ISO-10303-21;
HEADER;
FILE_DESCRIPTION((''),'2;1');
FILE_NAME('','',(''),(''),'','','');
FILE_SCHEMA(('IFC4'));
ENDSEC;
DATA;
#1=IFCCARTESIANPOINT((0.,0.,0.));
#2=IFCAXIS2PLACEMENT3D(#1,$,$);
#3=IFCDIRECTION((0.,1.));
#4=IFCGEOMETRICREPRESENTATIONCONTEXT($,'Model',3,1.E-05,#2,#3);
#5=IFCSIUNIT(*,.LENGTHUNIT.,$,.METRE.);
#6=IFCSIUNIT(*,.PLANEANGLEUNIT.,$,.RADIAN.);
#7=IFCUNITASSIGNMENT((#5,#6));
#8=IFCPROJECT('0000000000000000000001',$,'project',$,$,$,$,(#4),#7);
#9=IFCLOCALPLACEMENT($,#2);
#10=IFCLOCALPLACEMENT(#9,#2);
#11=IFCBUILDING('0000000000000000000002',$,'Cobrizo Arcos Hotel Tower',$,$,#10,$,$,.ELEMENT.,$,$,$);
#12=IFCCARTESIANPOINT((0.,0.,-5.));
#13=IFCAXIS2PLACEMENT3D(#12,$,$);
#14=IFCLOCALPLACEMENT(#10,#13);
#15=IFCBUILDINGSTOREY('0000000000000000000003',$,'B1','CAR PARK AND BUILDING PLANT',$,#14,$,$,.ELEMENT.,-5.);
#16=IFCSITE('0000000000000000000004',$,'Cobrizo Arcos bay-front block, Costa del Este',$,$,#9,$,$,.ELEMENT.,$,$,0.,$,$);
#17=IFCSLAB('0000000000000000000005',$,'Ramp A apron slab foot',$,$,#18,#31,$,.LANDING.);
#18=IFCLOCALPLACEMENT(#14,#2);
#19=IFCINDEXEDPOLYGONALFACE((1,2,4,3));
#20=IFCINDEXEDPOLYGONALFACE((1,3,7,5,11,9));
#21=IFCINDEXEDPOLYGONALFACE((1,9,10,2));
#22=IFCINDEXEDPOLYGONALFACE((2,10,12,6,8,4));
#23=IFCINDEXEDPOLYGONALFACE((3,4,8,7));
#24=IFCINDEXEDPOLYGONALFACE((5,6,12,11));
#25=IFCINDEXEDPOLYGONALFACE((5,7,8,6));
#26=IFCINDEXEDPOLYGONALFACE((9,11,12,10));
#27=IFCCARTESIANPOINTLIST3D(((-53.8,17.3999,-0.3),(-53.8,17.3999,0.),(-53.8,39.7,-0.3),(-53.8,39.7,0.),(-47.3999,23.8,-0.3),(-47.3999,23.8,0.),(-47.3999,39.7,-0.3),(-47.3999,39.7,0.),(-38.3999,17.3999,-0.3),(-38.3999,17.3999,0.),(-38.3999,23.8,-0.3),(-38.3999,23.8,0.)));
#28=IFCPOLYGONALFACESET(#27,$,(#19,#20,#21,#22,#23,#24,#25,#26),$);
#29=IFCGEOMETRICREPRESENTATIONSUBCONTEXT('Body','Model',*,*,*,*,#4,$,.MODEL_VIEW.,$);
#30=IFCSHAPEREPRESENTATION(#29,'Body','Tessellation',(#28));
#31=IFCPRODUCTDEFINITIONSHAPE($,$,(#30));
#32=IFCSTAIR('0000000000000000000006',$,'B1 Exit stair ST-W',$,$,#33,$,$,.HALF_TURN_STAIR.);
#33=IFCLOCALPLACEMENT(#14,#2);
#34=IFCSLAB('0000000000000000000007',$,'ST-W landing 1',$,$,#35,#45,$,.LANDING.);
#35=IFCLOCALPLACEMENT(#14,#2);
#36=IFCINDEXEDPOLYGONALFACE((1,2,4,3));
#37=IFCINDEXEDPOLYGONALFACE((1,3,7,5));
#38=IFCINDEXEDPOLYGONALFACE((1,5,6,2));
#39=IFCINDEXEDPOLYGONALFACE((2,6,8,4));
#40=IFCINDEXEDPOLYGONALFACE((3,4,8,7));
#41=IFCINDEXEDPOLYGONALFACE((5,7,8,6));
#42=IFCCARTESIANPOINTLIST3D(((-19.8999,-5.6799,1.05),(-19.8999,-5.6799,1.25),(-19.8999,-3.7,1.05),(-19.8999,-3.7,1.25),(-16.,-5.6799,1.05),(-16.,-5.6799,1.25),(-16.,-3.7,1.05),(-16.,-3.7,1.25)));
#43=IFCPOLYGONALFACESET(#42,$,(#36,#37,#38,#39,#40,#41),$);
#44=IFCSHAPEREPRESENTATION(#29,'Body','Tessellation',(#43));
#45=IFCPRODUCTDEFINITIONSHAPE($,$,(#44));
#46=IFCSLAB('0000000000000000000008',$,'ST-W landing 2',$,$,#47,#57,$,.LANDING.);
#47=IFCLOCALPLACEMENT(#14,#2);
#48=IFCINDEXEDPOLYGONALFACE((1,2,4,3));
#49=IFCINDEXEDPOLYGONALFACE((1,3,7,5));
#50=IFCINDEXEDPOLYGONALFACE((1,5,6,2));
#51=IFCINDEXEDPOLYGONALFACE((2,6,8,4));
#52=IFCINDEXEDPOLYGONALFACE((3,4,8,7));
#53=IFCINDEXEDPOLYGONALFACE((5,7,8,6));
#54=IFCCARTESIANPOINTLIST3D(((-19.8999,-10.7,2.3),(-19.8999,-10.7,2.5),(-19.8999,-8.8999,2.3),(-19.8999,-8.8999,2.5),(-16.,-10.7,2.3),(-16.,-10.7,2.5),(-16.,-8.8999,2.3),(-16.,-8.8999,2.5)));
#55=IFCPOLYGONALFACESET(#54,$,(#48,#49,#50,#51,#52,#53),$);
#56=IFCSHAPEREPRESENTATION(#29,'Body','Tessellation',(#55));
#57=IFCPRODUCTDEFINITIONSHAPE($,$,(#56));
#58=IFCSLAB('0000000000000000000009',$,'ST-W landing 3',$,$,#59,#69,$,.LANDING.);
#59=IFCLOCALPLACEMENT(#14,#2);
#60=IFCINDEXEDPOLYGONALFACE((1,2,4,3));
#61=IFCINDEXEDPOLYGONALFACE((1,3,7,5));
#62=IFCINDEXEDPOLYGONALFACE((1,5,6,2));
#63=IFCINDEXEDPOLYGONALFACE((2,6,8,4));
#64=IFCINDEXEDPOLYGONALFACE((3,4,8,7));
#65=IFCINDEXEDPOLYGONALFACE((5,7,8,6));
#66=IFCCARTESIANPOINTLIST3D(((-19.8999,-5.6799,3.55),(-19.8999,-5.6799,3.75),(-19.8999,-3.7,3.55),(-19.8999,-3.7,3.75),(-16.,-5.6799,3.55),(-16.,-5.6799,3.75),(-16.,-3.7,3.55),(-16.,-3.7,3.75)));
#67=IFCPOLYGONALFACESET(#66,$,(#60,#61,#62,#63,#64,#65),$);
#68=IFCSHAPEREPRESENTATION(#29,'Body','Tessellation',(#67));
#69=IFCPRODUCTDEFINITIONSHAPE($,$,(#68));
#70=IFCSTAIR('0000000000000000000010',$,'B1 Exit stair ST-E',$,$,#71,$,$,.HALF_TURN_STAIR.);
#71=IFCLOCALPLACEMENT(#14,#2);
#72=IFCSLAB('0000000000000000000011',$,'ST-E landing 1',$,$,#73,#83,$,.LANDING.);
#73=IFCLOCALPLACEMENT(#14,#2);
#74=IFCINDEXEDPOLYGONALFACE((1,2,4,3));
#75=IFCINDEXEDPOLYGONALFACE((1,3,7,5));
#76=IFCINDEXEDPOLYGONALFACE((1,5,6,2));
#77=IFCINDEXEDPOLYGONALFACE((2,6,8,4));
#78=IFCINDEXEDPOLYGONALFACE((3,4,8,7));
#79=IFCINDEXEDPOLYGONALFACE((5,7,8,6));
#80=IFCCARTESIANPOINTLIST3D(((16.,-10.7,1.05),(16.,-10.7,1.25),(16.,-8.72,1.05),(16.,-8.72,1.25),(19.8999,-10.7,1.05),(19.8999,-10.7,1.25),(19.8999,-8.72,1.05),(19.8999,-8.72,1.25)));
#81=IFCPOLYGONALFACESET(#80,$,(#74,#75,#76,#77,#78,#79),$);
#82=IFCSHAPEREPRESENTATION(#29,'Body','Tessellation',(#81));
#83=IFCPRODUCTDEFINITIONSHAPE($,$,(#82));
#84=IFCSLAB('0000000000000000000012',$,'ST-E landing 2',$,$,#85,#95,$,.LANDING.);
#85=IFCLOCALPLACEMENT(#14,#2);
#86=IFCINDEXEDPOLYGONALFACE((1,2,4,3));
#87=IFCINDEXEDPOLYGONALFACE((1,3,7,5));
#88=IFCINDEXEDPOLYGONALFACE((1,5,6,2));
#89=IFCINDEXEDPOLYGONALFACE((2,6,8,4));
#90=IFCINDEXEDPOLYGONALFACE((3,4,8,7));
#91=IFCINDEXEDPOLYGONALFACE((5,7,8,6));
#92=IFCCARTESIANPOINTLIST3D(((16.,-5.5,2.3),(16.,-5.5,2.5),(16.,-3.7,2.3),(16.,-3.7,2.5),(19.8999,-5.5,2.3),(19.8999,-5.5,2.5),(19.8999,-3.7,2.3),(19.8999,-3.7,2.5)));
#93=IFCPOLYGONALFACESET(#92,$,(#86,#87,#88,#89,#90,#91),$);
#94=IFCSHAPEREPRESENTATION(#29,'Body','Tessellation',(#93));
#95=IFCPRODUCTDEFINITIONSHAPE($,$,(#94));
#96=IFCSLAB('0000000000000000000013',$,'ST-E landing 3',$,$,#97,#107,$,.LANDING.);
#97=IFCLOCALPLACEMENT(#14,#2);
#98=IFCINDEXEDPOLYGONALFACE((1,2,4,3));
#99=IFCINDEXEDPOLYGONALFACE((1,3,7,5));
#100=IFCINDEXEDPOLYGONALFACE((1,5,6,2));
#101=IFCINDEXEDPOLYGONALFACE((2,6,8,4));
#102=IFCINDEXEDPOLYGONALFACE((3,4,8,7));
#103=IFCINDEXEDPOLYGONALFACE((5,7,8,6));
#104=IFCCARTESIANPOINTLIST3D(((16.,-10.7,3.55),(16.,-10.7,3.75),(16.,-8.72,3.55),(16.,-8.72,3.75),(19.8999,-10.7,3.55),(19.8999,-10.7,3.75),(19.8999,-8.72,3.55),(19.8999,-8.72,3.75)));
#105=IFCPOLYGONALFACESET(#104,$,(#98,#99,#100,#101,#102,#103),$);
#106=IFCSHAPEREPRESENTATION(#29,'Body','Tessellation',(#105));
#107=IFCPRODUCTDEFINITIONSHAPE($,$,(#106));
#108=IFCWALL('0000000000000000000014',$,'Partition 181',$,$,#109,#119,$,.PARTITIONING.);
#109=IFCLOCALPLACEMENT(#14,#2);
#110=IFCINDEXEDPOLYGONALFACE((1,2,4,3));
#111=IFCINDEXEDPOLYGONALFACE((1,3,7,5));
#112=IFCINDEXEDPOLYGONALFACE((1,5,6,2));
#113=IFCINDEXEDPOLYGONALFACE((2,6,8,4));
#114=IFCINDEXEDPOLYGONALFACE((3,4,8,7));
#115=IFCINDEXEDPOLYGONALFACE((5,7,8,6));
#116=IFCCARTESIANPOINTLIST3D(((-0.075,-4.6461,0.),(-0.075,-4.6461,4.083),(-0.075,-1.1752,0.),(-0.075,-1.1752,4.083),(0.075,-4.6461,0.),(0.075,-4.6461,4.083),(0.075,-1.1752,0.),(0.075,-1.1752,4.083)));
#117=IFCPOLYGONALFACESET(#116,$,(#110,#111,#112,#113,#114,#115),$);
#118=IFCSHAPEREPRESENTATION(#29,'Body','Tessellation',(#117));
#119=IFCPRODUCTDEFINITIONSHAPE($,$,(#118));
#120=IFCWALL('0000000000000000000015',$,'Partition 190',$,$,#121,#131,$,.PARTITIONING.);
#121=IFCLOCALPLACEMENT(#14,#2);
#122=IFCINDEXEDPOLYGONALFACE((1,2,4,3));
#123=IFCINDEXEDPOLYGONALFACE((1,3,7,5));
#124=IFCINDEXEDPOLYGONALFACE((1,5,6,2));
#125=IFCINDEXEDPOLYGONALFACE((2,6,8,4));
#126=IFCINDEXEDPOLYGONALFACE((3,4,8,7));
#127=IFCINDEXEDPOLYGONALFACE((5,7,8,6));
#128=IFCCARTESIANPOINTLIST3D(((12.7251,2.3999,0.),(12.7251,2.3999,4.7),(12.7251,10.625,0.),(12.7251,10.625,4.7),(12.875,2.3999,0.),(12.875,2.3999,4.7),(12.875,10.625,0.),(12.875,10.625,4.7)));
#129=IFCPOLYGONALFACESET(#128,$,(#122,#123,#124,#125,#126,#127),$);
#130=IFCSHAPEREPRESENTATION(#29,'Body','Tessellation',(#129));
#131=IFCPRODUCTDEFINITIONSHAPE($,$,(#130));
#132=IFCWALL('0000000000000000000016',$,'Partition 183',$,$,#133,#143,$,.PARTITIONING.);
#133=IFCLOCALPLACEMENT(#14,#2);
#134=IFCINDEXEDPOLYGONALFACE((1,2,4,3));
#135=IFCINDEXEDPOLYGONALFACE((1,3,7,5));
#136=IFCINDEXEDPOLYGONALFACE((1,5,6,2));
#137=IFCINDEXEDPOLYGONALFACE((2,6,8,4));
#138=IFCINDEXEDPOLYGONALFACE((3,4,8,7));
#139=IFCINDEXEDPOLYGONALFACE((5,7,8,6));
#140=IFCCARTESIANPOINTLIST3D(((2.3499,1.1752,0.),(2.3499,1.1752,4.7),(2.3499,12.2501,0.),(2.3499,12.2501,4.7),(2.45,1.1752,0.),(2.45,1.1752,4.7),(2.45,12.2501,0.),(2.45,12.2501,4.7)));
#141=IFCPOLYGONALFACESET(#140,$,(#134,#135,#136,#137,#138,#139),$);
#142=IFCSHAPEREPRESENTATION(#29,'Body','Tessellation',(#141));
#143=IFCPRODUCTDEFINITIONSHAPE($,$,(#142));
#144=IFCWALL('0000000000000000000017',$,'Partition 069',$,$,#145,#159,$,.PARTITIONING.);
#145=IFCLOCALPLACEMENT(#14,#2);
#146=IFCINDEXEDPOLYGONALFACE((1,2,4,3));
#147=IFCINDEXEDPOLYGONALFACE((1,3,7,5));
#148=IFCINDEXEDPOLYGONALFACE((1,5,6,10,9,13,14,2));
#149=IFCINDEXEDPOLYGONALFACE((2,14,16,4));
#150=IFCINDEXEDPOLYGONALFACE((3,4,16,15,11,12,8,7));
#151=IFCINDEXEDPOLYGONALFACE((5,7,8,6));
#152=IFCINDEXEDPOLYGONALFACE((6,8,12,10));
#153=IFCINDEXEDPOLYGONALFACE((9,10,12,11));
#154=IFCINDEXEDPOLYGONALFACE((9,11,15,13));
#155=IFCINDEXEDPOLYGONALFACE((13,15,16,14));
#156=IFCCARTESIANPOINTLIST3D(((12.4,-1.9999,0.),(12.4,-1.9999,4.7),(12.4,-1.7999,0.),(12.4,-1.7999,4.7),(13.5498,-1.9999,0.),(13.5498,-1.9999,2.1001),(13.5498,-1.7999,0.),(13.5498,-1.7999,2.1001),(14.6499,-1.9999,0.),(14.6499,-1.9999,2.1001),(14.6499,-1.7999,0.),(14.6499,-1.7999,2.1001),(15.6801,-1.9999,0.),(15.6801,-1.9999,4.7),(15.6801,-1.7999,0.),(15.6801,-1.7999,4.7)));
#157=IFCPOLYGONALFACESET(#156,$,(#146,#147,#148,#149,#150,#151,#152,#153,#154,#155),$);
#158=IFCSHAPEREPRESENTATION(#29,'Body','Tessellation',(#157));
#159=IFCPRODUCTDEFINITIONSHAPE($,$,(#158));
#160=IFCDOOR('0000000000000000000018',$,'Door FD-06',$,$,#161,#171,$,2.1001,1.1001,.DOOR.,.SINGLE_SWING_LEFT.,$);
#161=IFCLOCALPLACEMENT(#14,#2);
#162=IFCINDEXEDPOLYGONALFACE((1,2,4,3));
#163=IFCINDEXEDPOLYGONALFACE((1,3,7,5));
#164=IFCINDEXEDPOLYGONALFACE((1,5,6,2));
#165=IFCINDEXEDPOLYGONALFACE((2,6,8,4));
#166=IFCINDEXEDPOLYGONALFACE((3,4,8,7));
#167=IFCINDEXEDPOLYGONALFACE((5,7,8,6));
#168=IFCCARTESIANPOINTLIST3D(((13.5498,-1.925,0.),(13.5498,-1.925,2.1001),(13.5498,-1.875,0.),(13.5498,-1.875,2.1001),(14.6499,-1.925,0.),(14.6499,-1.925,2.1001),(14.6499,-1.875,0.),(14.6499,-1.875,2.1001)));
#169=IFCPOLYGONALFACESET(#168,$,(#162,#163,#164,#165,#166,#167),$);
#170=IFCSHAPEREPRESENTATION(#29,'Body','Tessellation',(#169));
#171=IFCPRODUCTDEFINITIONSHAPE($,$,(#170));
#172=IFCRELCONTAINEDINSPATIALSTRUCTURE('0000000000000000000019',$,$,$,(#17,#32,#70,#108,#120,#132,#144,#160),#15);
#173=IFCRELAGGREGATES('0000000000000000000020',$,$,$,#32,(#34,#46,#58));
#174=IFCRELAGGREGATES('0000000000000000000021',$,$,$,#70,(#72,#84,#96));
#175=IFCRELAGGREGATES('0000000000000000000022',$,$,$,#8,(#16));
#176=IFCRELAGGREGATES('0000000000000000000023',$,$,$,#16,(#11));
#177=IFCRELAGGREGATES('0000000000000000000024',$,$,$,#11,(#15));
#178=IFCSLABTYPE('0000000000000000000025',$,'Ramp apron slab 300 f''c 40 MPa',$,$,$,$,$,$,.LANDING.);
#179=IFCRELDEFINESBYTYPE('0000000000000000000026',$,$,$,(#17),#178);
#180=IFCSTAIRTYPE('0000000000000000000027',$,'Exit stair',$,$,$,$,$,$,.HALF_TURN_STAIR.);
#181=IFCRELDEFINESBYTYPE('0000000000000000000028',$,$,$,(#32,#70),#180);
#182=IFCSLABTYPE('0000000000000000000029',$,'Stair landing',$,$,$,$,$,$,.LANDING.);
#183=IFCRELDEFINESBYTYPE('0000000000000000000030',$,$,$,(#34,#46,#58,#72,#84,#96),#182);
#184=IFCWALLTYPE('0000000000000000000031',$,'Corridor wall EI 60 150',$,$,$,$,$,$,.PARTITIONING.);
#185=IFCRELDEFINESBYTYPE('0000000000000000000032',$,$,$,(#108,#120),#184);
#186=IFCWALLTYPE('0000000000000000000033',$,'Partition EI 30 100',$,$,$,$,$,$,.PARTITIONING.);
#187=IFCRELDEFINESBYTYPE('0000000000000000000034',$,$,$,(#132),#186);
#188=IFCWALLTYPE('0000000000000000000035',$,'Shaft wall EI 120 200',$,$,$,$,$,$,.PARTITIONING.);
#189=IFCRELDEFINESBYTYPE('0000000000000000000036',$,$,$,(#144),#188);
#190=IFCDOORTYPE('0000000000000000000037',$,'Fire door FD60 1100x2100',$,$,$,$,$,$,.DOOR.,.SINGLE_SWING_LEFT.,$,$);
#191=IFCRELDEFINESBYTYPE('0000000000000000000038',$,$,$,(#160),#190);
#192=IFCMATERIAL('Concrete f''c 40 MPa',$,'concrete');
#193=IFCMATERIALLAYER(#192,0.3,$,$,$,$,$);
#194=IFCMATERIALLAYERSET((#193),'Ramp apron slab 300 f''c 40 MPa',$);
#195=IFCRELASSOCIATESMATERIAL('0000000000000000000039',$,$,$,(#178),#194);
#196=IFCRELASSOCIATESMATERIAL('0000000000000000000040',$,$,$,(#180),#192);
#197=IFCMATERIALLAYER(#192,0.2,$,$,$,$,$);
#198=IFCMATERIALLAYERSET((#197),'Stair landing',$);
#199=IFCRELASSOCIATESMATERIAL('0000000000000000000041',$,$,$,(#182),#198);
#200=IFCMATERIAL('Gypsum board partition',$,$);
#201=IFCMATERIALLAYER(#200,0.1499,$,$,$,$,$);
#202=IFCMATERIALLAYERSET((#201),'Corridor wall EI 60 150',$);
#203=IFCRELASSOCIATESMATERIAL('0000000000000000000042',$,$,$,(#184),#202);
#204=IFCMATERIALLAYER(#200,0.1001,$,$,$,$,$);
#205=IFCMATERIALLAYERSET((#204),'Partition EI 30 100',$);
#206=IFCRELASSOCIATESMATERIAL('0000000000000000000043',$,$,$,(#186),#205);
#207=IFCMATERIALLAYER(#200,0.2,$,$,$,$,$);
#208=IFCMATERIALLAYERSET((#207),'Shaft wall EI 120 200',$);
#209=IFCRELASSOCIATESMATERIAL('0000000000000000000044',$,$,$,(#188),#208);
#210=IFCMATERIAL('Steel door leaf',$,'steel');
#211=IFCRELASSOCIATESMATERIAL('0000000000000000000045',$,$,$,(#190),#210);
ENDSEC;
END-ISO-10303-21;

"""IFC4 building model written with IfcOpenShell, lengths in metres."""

from ifc_helpers import new_model, si_unit, direction, frame, frame_2d, origin, place, context, subcontext, project, spatial, polyline, rectangle, outline, extrude, material, layer, layer_set, type_object, element, fill, aggregate, save


model = new_model("IFC4")

# Units and contexts
model_context = context("Model", 3, precision=1e-05, world=origin(), true_north=direction((0.0, 1.0)))
body_context = subcontext(model_context, "Body", "Model", "MODEL_VIEW")
ifc_project = project(units=[si_unit("LENGTHUNIT", "METRE"), si_unit("PLANEANGLEUNIT", "RADIAN")], contexts=[model_context])

# Site, building, storey
site_placement = place(None, origin())
site = spatial("IfcSite", under=ifc_project, at=site_placement, Name="Cobrizo Arcos bay-front block, Costa del Este", CompositionType="ELEMENT", RefElevation=0.0)
building_placement = place(site_placement, origin())
building = spatial("IfcBuilding", under=site, at=building_placement, Name="Cobrizo Arcos Hotel Tower", CompositionType="ELEMENT")
storey_placement = place(building_placement, frame((0.0, 0.0, -5.0)))
storey = spatial("IfcBuildingStorey", under=building, at=storey_placement, Name="B1", Description="CAR PARK AND BUILDING PLANT", CompositionType="ELEMENT", Elevation=-5.0)

# Shared definitions
ifc_material_1 = material(Name="Concrete f'c 40 MPa", Category="concrete")

# Slab
ifc_layer_1 = layer(ifc_material_1, 0.3)
ifc_layer_set_1 = layer_set([ifc_layer_1], Name="Ramp apron slab 300 f'c 40 MPa")
slab_type_1 = type_object("IfcSlabType", Name="Ramp apron slab 300 f'c 40 MPa", PredefinedType="LANDING", material=ifc_layer_set_1)
slab_1_placement = place(storey_placement, frame((0.0, 0.0, -0.3)))
element("IfcSlab", 1, at=slab_1_placement, inside=storey, type_object=slab_type_1, Name="Ramp A apron slab foot", PredefinedType="LANDING", context=body_context, shape_type="SweptSolid", body=[
    extrude(outline(polyline([(-53.8, 39.7), (-47.3999, 39.7), (-47.3999, 23.8), (-38.3999, 23.8), (-38.3999, 17.3999), (-53.8, 17.3999), (-53.8, 39.7)])), origin(), (0.0, 0.0, 1.0), 0.3),
])

# Stairs, slabs
stair_type = type_object("IfcStairType", Name="Exit stair", PredefinedType="HALF_TURN_STAIR", material=ifc_material_1)
stair_1_placement = place(storey_placement, origin())
stair_1 = element("IfcStair", 2, at=stair_1_placement, inside=storey, type_object=stair_type, Name="B1 Exit stair ST-W", PredefinedType="HALF_TURN_STAIR")
ifc_layer_2 = layer(ifc_material_1, 0.2)
ifc_layer_set_2 = layer_set([ifc_layer_2], Name="Stair landing")
slab_type_2 = type_object("IfcSlabType", Name="Stair landing", PredefinedType="LANDING", material=ifc_layer_set_2)
slab_2_placement = place(storey_placement, frame((0.0, 0.0, 1.05)))
slab_2 = element("IfcSlab", 3, at=slab_2_placement, type_object=slab_type_2, Name="ST-W landing 1", PredefinedType="LANDING", context=body_context, shape_type="SweptSolid", body=[
    extrude(outline(polyline([(-16.0, -5.6799), (-16.0, -3.7), (-19.8999, -3.7), (-19.8999, -5.6799), (-16.0, -5.6799)])), origin(), (0.0, 0.0, 1.0), 0.2),
])
slab_3_placement = place(storey_placement, frame((0.0, 0.0, 2.3)))
slab_3 = element("IfcSlab", 4, at=slab_3_placement, type_object=slab_type_2, Name="ST-W landing 2", PredefinedType="LANDING", context=body_context, shape_type="SweptSolid", body=[
    extrude(outline(polyline([(-16.0, -10.7), (-16.0, -8.8999), (-19.8999, -8.8999), (-19.8999, -10.7), (-16.0, -10.7)])), origin(), (0.0, 0.0, 1.0), 0.2),
])
slab_4_placement = place(storey_placement, frame((0.0, 0.0, 3.55)))
slab_4 = element("IfcSlab", 5, at=slab_4_placement, type_object=slab_type_2, Name="ST-W landing 3", PredefinedType="LANDING", context=body_context, shape_type="SweptSolid", body=[
    extrude(outline(polyline([(-16.0, -5.6799), (-16.0, -3.7), (-19.8999, -3.7), (-19.8999, -5.6799), (-16.0, -5.6799)])), origin(), (0.0, 0.0, 1.0), 0.2),
])
aggregate(stair_1, [slab_2, slab_3, slab_4])
stair_2_placement = place(storey_placement, origin())
stair_2 = element("IfcStair", 6, at=stair_2_placement, inside=storey, type_object=stair_type, Name="B1 Exit stair ST-E", PredefinedType="HALF_TURN_STAIR")
slab_5_placement = place(storey_placement, frame((0.0, 0.0, 1.05)))
slab_5 = element("IfcSlab", 7, at=slab_5_placement, type_object=slab_type_2, Name="ST-E landing 1", PredefinedType="LANDING", context=body_context, shape_type="SweptSolid", body=[
    extrude(outline(polyline([(16.0, -8.72), (16.0, -10.7), (19.8999, -10.7), (19.8999, -8.72), (16.0, -8.72)])), origin(), (0.0, 0.0, 1.0), 0.2),
])
slab_6_placement = place(storey_placement, frame((0.0, 0.0, 2.3)))
slab_6 = element("IfcSlab", 8, at=slab_6_placement, type_object=slab_type_2, Name="ST-E landing 2", PredefinedType="LANDING", context=body_context, shape_type="SweptSolid", body=[
    extrude(outline(polyline([(16.0, -3.7), (16.0, -5.5), (19.8999, -5.5), (19.8999, -3.7), (16.0, -3.7)])), origin(), (0.0, 0.0, 1.0), 0.2),
])
slab_7_placement = place(storey_placement, frame((0.0, 0.0, 3.55)))
slab_7 = element("IfcSlab", 9, at=slab_7_placement, type_object=slab_type_2, Name="ST-E landing 3", PredefinedType="LANDING", context=body_context, shape_type="SweptSolid", body=[
    extrude(outline(polyline([(16.0, -8.72), (16.0, -10.7), (19.8999, -10.7), (19.8999, -8.72), (16.0, -8.72)])), origin(), (0.0, 0.0, 1.0), 0.2),
])
aggregate(stair_2, [slab_5, slab_6, slab_7])

# Walls
ifc_material_2 = material(Name="Gypsum board partition")
ifc_layer_3 = layer(ifc_material_2, 0.1499)
ifc_layer_set_3 = layer_set([ifc_layer_3], Name="Corridor wall EI 60 150")
wall_type_1 = type_object("IfcWallType", Name="Corridor wall EI 60 150", PredefinedType="PARTITIONING", material=ifc_layer_set_3)
wall_1_placement = place(storey_placement, frame((0.0, -4.646, 0.0), z_axis=(0.0, 0.0, 1.0), x_axis=(0.0, 1.0, 0.0)))
element("IfcWall", 10, at=wall_1_placement, inside=storey, type_object=wall_type_1, Name="Partition 181", PredefinedType="PARTITIONING", context=body_context, shape_type="SweptSolid", body=[
    extrude(rectangle(XDim=3.4709, YDim=0.1499, at=frame_2d((1.7354, 0.0))), origin(), (0.0, 0.0, 1.0), 4.083),
])
wall_2_placement = place(storey_placement, frame((12.8, 2.3999, 0.0), z_axis=(0.0, 0.0, 1.0), x_axis=(0.0, 1.0, 0.0)))
element("IfcWall", 11, at=wall_2_placement, inside=storey, type_object=wall_type_1, Name="Partition 190", PredefinedType="PARTITIONING", context=body_context, shape_type="SweptSolid", body=[
    extrude(rectangle(XDim=8.2251, YDim=0.1499, at=frame_2d((4.1125, 0.0))), origin(), (0.0, 0.0, 1.0), 4.7),
])
ifc_layer_4 = layer(ifc_material_2, 0.1001)
ifc_layer_set_4 = layer_set([ifc_layer_4], Name="Partition EI 30 100")
wall_type_2 = type_object("IfcWallType", Name="Partition EI 30 100", PredefinedType="PARTITIONING", material=ifc_layer_set_4)
wall_3_placement = place(storey_placement, frame((2.3999, 1.175, 0.0), z_axis=(0.0, 0.0, 1.0), x_axis=(0.0, 1.0, 0.0)))
element("IfcWall", 12, at=wall_3_placement, inside=storey, type_object=wall_type_2, Name="Partition 183", PredefinedType="PARTITIONING", context=body_context, shape_type="SweptSolid", body=[
    extrude(rectangle(XDim=11.075, YDim=0.1001, at=frame_2d((5.5376, 0.0))), origin(), (0.0, 0.0, 1.0), 4.7),
])

# Wall, opening, door
ifc_layer_5 = layer(ifc_material_2, 0.2)
ifc_layer_set_5 = layer_set([ifc_layer_5], Name="Shaft wall EI 120 200")
wall_type_3 = type_object("IfcWallType", Name="Shaft wall EI 120 200", PredefinedType="PARTITIONING", material=ifc_layer_set_5)
wall_4_placement = place(storey_placement, frame((12.3999, -1.8999, 0.0), z_axis=(0.0, 0.0, 1.0), x_axis=(1.0, 0.0, 0.0)))
wall_4 = element("IfcWall", 13, at=wall_4_placement, inside=storey, type_object=wall_type_3, Name="Partition 069", PredefinedType="PARTITIONING", context=body_context, shape_type="SweptSolid", body=[
    extrude(rectangle(XDim=3.28, YDim=0.2, at=frame_2d((1.6401, 0.0))), origin(), (0.0, 0.0, 1.0), 4.7),
])
opening_1_placement = place(wall_4_placement, frame((1.1499, 0.0, 0.0)))
opening_1 = element("IfcOpeningElement", 14, at=opening_1_placement, cuts=wall_4, PredefinedType="OPENING", context=body_context, shape_type="SweptSolid", body=[
    extrude(rectangle(XDim=1.1001, YDim=2.1001, at=frame_2d((0.55, 1.05))), frame((0.0, 0.1121, 0.0), z_axis=(0.0, -1.0, 0.0), x_axis=(1.0, 0.0, 0.0)), (0.0, 0.0, 1.0), 0.2239),
])
ifc_material_3 = material(Name="Steel door leaf", Category="steel")
door_type = type_object("IfcDoorType", Name="Fire door FD60 1100x2100", OperationType="SINGLE_SWING_LEFT", PredefinedType="DOOR", material=ifc_material_3)
door_1_placement = place(opening_1_placement, origin())
door_1 = element("IfcDoor", 15, at=door_1_placement, inside=storey, type_object=door_type, Name="Door FD-06", OperationType="SINGLE_SWING_LEFT", OverallHeight=2.1001, OverallWidth=1.1001, PredefinedType="DOOR", context=body_context, shape_type="SweptSolid", body=[
    extrude(rectangle(XDim=1.1001, YDim=2.1001, at=frame_2d((0.55, 1.05))), frame((0.0, 0.0249, 0.0), z_axis=(0.0, -1.0, 0.0), x_axis=(1.0, 0.0, 0.0)), (0.0, 0.0, 1.0), 0.05),
])
fill(opening_1, door_1)

save(model, "model.ifc")
